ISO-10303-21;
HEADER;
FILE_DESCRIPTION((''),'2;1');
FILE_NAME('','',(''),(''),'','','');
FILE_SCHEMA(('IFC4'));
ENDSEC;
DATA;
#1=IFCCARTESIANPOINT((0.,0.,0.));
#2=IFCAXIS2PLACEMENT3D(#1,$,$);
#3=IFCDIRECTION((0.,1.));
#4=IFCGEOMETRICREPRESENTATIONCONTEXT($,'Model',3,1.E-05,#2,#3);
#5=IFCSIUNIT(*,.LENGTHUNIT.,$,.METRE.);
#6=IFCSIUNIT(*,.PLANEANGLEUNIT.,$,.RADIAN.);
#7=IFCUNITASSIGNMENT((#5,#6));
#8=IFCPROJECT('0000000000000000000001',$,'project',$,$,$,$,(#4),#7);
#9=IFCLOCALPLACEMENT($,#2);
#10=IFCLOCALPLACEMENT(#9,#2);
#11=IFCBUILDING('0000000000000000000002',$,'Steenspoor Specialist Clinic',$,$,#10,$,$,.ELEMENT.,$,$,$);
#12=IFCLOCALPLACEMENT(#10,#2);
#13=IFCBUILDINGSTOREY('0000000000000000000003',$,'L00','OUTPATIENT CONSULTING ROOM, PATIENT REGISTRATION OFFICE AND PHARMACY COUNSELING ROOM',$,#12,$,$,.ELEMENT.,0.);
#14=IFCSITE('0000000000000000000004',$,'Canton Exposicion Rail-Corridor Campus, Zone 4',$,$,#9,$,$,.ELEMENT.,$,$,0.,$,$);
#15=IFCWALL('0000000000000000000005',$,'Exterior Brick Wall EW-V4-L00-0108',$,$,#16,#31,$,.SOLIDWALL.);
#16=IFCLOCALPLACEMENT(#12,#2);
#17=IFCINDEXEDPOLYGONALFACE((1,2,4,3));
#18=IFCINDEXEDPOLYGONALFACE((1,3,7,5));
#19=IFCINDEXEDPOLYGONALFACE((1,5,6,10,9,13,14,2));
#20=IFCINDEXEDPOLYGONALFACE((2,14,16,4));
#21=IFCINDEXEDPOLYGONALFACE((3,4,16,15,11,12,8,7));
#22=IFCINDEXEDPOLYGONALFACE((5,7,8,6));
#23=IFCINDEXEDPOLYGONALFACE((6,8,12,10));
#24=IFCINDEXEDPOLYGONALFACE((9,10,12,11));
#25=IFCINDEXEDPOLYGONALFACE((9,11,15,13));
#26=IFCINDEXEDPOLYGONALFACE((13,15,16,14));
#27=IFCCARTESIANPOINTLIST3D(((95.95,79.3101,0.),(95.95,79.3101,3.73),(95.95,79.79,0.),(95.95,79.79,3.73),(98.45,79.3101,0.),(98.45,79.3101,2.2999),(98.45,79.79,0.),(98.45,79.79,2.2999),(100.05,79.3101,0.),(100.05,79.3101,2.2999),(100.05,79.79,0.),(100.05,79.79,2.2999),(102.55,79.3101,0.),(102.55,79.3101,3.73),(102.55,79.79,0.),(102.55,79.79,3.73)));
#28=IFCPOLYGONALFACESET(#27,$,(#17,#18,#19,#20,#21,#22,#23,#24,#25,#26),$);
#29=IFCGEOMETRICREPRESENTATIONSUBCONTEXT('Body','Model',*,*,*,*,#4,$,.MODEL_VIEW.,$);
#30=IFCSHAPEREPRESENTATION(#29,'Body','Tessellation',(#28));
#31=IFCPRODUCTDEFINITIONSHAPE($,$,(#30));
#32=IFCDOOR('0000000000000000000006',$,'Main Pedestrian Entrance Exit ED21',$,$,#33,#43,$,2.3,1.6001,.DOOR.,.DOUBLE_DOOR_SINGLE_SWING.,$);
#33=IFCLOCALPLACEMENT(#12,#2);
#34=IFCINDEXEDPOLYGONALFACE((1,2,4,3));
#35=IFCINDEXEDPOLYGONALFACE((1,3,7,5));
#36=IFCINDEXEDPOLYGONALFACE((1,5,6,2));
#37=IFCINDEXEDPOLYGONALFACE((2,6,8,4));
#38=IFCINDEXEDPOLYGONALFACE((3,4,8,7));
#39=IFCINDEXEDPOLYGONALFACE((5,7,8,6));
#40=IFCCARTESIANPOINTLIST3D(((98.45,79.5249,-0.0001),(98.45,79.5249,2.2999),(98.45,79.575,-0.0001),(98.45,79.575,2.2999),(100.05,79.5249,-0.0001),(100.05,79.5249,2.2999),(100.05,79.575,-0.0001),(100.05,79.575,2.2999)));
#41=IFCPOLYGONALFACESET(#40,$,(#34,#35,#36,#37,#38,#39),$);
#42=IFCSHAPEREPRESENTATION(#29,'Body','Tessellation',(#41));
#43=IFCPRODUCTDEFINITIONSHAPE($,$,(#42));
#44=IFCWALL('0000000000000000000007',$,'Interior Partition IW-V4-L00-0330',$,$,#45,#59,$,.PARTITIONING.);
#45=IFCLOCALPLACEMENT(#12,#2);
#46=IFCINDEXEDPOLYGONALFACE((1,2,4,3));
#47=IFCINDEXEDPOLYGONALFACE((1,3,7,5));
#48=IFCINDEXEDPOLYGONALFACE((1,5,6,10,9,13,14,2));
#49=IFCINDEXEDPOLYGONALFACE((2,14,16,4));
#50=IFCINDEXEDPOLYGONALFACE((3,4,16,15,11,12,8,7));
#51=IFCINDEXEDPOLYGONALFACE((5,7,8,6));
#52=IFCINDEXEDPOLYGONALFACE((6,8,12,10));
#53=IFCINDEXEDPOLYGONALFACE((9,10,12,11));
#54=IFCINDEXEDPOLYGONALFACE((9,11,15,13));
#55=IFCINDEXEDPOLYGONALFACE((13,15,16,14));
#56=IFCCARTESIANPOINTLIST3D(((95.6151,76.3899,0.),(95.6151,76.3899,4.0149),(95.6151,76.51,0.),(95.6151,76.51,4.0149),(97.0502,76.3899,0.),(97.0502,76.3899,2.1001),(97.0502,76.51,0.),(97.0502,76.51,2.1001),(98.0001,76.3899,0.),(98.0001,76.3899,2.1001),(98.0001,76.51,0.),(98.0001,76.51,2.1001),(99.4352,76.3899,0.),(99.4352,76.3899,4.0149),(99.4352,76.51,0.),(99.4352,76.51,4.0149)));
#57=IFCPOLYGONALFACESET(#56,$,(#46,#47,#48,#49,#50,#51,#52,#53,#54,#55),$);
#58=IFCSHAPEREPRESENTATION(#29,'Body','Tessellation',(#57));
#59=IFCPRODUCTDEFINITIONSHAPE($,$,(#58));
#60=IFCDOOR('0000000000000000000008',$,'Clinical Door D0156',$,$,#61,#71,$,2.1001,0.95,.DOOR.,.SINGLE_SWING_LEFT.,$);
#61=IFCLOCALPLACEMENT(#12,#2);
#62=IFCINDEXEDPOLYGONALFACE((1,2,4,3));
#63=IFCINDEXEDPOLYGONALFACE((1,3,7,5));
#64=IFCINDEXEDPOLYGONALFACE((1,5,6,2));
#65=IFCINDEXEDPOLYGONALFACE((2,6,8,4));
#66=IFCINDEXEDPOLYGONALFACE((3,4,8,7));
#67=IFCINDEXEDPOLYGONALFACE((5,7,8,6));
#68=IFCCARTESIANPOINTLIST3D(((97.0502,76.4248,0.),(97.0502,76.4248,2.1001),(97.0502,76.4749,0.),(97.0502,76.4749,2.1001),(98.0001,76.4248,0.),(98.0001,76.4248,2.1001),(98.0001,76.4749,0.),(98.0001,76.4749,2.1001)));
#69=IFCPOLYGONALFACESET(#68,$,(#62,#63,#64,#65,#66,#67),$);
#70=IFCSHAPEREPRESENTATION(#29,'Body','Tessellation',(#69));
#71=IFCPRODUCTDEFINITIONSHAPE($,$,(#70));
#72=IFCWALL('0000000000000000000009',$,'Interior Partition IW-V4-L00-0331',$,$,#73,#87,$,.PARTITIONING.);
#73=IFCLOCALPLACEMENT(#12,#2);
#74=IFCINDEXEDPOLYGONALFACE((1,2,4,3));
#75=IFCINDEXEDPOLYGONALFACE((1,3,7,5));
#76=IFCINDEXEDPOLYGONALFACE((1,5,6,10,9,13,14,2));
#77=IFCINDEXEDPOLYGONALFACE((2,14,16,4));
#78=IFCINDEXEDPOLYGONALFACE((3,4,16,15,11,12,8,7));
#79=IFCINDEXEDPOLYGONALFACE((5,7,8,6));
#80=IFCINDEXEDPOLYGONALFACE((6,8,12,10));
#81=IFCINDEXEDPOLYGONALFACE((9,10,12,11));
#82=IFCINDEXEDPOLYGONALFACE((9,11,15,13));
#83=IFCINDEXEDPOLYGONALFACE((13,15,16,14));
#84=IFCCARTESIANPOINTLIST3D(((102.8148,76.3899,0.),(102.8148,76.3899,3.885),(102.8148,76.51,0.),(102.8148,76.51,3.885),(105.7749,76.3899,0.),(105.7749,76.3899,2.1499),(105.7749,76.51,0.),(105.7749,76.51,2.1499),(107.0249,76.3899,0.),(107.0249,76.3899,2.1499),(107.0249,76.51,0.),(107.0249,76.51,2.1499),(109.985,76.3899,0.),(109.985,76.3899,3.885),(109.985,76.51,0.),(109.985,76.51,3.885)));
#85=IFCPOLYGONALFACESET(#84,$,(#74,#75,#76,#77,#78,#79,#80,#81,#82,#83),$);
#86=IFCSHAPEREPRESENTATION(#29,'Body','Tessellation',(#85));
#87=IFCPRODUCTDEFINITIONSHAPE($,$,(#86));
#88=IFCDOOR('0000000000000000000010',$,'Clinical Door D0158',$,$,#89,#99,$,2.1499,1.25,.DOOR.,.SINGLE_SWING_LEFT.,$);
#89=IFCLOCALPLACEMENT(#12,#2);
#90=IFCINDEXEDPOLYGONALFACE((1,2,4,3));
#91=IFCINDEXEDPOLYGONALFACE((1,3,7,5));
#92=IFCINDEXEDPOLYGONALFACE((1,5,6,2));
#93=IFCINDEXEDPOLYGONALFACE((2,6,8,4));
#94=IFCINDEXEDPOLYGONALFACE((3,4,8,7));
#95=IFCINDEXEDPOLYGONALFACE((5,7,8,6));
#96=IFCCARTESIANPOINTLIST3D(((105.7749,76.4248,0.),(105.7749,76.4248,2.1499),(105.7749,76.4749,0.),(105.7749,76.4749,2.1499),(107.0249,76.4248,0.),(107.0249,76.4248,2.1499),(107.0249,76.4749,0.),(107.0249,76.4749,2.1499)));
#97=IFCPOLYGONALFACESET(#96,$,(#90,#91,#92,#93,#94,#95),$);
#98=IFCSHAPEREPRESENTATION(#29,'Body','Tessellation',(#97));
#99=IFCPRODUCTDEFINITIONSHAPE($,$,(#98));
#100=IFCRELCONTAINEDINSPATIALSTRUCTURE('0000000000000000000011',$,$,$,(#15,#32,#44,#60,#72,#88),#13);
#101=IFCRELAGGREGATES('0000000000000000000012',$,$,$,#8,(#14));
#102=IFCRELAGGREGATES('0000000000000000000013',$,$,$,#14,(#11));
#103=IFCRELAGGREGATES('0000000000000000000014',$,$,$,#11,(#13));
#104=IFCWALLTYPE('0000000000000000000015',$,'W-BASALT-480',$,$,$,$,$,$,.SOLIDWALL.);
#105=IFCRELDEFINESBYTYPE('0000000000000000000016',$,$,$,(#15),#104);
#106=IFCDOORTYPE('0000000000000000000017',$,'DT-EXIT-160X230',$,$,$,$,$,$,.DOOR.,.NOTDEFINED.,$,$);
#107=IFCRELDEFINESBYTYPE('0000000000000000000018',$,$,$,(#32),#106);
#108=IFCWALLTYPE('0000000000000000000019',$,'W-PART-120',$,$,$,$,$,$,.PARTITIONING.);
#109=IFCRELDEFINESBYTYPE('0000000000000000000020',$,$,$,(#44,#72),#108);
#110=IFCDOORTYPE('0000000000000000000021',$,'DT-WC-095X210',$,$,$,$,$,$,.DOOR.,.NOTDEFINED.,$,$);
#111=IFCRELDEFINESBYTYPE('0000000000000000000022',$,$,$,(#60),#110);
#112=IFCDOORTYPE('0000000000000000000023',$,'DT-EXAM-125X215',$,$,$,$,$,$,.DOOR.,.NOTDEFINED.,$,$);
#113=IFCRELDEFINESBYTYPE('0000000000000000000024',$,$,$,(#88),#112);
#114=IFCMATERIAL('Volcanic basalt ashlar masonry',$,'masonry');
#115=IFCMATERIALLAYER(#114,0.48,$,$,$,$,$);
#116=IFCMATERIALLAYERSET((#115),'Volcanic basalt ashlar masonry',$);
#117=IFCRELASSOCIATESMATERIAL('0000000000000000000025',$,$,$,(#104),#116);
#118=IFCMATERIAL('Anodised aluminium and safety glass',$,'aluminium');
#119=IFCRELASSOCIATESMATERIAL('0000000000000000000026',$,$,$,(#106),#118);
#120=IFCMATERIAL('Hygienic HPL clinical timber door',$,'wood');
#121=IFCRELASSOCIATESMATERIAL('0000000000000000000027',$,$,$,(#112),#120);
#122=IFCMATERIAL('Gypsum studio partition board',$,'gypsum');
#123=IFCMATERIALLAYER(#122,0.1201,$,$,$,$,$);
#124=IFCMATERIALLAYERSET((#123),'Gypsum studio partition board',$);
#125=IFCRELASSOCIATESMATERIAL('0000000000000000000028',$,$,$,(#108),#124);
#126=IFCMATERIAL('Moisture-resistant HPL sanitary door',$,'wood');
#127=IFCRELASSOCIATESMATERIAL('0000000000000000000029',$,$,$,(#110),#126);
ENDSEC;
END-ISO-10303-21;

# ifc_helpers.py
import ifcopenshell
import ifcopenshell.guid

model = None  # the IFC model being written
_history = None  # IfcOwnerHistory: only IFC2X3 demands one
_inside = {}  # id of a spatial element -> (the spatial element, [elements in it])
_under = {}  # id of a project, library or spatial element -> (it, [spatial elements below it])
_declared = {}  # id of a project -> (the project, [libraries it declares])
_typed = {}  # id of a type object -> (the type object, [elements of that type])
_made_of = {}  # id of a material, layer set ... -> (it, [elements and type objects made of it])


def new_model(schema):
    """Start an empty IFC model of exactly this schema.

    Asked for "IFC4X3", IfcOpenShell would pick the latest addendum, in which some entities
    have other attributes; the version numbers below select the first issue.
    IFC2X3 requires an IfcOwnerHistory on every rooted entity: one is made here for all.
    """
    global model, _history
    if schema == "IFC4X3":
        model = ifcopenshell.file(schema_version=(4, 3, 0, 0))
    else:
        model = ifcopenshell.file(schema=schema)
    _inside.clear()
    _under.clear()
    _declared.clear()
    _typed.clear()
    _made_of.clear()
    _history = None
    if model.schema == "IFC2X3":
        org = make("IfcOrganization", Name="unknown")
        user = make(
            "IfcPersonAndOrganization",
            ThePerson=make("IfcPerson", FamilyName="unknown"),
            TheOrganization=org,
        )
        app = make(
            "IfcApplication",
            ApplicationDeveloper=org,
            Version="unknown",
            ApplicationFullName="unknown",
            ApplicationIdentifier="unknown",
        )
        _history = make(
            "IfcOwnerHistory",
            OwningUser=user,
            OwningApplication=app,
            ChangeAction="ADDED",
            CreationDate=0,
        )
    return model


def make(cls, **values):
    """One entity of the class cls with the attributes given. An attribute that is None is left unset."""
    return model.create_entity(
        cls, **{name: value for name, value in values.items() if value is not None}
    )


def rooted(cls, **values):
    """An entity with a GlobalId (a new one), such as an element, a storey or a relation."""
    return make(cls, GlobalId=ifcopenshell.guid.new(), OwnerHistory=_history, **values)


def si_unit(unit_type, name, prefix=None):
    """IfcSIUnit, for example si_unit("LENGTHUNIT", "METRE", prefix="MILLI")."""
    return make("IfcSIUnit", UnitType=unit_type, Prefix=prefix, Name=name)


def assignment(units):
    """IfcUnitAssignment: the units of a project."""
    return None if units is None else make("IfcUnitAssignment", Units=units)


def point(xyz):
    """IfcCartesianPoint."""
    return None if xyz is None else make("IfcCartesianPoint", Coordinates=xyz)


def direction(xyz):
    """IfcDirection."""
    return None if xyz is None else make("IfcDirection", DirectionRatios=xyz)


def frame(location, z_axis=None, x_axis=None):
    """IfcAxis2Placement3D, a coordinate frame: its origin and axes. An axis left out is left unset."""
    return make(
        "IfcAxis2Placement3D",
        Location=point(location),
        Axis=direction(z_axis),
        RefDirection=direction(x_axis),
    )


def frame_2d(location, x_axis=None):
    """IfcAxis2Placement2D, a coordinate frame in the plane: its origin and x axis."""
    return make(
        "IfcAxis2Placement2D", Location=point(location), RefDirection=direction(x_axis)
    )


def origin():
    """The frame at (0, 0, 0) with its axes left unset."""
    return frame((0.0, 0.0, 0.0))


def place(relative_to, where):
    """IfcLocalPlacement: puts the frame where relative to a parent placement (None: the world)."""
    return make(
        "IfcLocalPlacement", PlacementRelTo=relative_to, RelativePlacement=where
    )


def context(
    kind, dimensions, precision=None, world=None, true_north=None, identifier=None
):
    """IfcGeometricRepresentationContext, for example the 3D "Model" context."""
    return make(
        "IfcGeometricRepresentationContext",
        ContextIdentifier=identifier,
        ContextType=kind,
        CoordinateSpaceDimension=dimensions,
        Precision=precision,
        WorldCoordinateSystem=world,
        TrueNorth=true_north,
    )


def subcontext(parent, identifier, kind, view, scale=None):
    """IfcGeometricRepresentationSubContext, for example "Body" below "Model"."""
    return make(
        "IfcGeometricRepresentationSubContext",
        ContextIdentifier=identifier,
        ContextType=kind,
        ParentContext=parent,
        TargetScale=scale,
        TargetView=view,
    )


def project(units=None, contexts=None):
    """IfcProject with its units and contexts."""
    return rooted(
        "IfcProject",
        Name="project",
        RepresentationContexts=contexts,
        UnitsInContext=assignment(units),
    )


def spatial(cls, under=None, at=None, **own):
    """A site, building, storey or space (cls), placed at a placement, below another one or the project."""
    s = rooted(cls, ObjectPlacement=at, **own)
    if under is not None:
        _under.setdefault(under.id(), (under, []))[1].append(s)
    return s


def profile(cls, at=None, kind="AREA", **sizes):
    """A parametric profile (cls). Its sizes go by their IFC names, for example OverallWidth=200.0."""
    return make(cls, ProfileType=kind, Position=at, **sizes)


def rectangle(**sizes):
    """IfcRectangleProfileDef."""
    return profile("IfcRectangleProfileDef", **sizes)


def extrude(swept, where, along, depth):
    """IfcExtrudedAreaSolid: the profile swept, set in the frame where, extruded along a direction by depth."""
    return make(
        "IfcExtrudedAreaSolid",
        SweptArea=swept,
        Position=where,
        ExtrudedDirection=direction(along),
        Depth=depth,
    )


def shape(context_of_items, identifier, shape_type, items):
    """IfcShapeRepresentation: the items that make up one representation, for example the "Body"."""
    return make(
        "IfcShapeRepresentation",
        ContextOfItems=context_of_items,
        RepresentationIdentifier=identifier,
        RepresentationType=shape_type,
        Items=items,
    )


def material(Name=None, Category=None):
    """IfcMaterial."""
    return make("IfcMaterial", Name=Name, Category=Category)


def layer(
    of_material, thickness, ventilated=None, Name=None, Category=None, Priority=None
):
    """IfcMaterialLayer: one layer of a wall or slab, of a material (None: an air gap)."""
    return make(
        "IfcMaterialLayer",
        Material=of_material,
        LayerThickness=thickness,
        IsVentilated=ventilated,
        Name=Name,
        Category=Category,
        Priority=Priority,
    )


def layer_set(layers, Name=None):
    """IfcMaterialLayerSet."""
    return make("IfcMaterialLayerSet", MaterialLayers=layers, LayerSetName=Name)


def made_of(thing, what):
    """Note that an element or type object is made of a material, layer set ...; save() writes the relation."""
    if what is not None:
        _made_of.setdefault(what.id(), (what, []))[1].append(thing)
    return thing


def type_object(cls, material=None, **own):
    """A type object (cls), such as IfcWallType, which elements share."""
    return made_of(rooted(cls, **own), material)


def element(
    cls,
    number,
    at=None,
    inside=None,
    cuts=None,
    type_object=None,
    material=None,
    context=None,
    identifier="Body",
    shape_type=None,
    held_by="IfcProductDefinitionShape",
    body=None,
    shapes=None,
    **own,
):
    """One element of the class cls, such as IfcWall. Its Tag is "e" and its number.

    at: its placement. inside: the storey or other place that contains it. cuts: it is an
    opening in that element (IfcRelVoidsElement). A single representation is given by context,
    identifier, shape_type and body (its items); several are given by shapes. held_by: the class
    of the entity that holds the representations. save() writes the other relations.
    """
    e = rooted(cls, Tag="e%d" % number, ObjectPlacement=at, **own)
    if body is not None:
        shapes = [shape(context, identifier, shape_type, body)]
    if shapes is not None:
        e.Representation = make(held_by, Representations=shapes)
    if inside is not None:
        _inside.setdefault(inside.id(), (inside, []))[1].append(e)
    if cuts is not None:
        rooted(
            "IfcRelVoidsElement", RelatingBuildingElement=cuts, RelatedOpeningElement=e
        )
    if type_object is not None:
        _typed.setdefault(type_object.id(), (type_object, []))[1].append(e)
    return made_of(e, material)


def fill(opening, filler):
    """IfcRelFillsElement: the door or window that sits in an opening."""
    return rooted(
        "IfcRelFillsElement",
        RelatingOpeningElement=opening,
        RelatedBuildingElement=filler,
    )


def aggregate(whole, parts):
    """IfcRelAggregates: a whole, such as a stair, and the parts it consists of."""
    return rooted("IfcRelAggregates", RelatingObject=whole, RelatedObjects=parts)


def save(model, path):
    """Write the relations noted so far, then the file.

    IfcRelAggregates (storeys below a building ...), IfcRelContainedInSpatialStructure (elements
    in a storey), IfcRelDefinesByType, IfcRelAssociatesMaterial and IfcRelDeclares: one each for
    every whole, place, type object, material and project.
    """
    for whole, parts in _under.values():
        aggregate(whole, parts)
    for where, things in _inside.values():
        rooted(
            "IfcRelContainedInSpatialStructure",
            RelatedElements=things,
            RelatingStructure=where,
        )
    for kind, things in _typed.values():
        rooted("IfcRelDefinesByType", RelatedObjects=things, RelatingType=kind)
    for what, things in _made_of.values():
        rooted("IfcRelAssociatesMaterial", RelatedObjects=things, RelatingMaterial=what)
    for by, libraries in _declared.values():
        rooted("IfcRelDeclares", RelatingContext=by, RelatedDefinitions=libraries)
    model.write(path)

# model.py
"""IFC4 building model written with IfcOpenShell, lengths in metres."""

from ifc_helpers import new_model, si_unit, direction, frame, frame_2d, origin, place, context, subcontext, project, spatial, rectangle, extrude, material, layer, layer_set, type_object, element, fill, save


model = new_model("IFC4")

# Units and contexts
model_context = context("Model", 3, precision=1e-05, world=origin(), true_north=direction((0.0, 1.0)))
body_context = subcontext(model_context, "Body", "Model", "MODEL_VIEW")
ifc_project = project(units=[si_unit("LENGTHUNIT", "METRE"), si_unit("PLANEANGLEUNIT", "RADIAN")], contexts=[model_context])

# Site, building, storey
site_placement = place(None, origin())
site = spatial("IfcSite", under=ifc_project, at=site_placement, Name="Canton Exposicion Rail-Corridor Campus, Zone 4", CompositionType="ELEMENT", RefElevation=0.0)
building_placement = place(site_placement, origin())
building = spatial("IfcBuilding", under=site, at=building_placement, Name="Steenspoor Specialist Clinic", CompositionType="ELEMENT")
storey_placement = place(building_placement, origin())
storey = spatial("IfcBuildingStorey", under=building, at=storey_placement, Name="L00", Description="OUTPATIENT CONSULTING ROOM, PATIENT REGISTRATION OFFICE AND PHARMACY COUNSELING ROOM", CompositionType="ELEMENT", Elevation=0.0)

# Walls, openings, doors
ifc_material_1 = material(Name="Volcanic basalt ashlar masonry", Category="masonry")
ifc_layer_1 = layer(ifc_material_1, 0.48)
ifc_layer_set_1 = layer_set([ifc_layer_1], Name="Volcanic basalt ashlar masonry")
wall_type_1 = type_object("IfcWallType", Name="W-BASALT-480", PredefinedType="SOLIDWALL", material=ifc_layer_set_1)
wall_1_placement = place(storey_placement, frame((95.95, 79.55, 0.0), z_axis=(0.0, 0.0, 1.0), x_axis=(1.0, 0.0, 0.0)))
wall_1 = element("IfcWall", 1, at=wall_1_placement, inside=storey, type_object=wall_type_1, Name="Exterior Brick Wall EW-V4-L00-0108", PredefinedType="SOLIDWALL", context=body_context, shape_type="SweptSolid", body=[
    extrude(rectangle(XDim=6.6001, YDim=0.48, at=frame_2d((3.3, 0.0))), origin(), (0.0, 0.0, 1.0), 3.73),
])
opening_1_placement = place(wall_1_placement, frame((2.5, 0.0, 0.0)))
opening_1 = element("IfcOpeningElement", 2, at=opening_1_placement, cuts=wall_1, PredefinedType="OPENING", context=body_context, shape_type="SweptSolid", body=[
    extrude(rectangle(XDim=1.6001, YDim=2.3, at=frame_2d((0.8, 1.1499))), frame((0.0, 0.25, 0.0), z_axis=(0.0, -1.0, 0.0), x_axis=(1.0, 0.0, 0.0)), (0.0, 0.0, 1.0), 0.5),
])
ifc_material_2 = material(Name="Anodised aluminium and safety glass", Category="aluminium")
door_type_1 = type_object("IfcDoorType", Name="DT-EXIT-160X230", OperationType="NOTDEFINED", PredefinedType="DOOR", material=ifc_material_2)
door_1_placement = place(opening_1_placement, origin())
door_1 = element("IfcDoor", 3, at=door_1_placement, inside=storey, type_object=door_type_1, Name="Main Pedestrian Entrance Exit ED21", OperationType="DOUBLE_DOOR_SINGLE_SWING", OverallHeight=2.3, OverallWidth=1.6001, PredefinedType="DOOR", context=body_context, shape_type="SweptSolid", body=[
    extrude(rectangle(XDim=1.6001, YDim=2.3, at=frame_2d((0.8, 1.1499))), frame((0.0, 0.0249, 0.0), z_axis=(0.0, -1.0, 0.0), x_axis=(1.0, 0.0, 0.0)), (0.0, 0.0, 1.0), 0.05),
])
fill(opening_1, door_1)
ifc_material_3 = material(Name="Hygienic HPL clinical timber door", Category="wood")
door_type_2 = type_object("IfcDoorType", Name="DT-EXAM-125X215", OperationType="NOTDEFINED", PredefinedType="DOOR", material=ifc_material_3)
ifc_material_4 = material(Name="Gypsum studio partition board", Category="gypsum")
ifc_layer_2 = layer(ifc_material_4, 0.1201)
ifc_layer_set_2 = layer_set([ifc_layer_2], Name="Gypsum studio partition board")
wall_type_2 = type_object("IfcWallType", Name="W-PART-120", PredefinedType="PARTITIONING", material=ifc_layer_set_2)
wall_2_placement = place(storey_placement, frame((95.615, 76.45, 0.0), z_axis=(0.0, 0.0, 1.0), x_axis=(1.0, 0.0, 0.0)))
wall_2 = element("IfcWall", 4, at=wall_2_placement, inside=storey, type_object=wall_type_2, Name="Interior Partition IW-V4-L00-0330", PredefinedType="PARTITIONING", context=body_context, shape_type="SweptSolid", body=[
    extrude(rectangle(XDim=3.8201, YDim=0.1201, at=frame_2d((1.9102, 0.0))), origin(), (0.0, 0.0, 1.0), 4.0149),
])
opening_2_placement = place(wall_2_placement, frame((1.4351, 0.0, 0.0)))
opening_2 = element("IfcOpeningElement", 5, at=opening_2_placement, cuts=wall_2, PredefinedType="OPENING", context=body_context, shape_type="SweptSolid", body=[
    extrude(rectangle(XDim=0.95, YDim=2.1001, at=frame_2d((0.4751, 1.05))), frame((0.0, 0.0701, 0.0), z_axis=(0.0, -1.0, 0.0), x_axis=(1.0, 0.0, 0.0)), (0.0, 0.0, 1.0), 0.1401),
])
ifc_material_5 = material(Name="Moisture-resistant HPL sanitary door", Category="wood")
door_type_3 = type_object("IfcDoorType", Name="DT-WC-095X210", OperationType="NOTDEFINED", PredefinedType="DOOR", material=ifc_material_5)
door_2_placement = place(opening_2_placement, origin())
door_2 = element("IfcDoor", 6, at=door_2_placement, inside=storey, type_object=door_type_3, Name="Clinical Door D0156", OperationType="SINGLE_SWING_LEFT", OverallHeight=2.1001, OverallWidth=0.95, PredefinedType="DOOR", context=body_context, shape_type="SweptSolid", body=[
    extrude(rectangle(XDim=0.95, YDim=2.1001, at=frame_2d((0.4751, 1.05))), frame((0.0, 0.0249, 0.0), z_axis=(0.0, -1.0, 0.0), x_axis=(1.0, 0.0, 0.0)), (0.0, 0.0, 1.0), 0.05),
])
fill(opening_2, door_2)
wall_3_placement = place(storey_placement, frame((102.8149, 76.45, 0.0), z_axis=(0.0, 0.0, 1.0), x_axis=(1.0, 0.0, 0.0)))
wall_3 = element("IfcWall", 7, at=wall_3_placement, inside=storey, type_object=wall_type_2, Name="Interior Partition IW-V4-L00-0331", PredefinedType="PARTITIONING", context=body_context, shape_type="SweptSolid", body=[
    extrude(rectangle(XDim=7.1702, YDim=0.1201, at=frame_2d((3.585, 0.0))), origin(), (0.0, 0.0, 1.0), 3.885),
])
opening_3_placement = place(wall_3_placement, frame((2.96, 0.0, 0.0)))
opening_3 = element("IfcOpeningElement", 8, at=opening_3_placement, cuts=wall_3, PredefinedType="OPENING", context=body_context, shape_type="SweptSolid", body=[
    extrude(rectangle(XDim=1.25, YDim=2.1499, at=frame_2d((0.625, 1.075))), frame((0.0, 0.0701, 0.0), z_axis=(0.0, -1.0, 0.0), x_axis=(1.0, 0.0, 0.0)), (0.0, 0.0, 1.0), 0.1401),
])
door_3_placement = place(opening_3_placement, origin())
door_3 = element("IfcDoor", 9, at=door_3_placement, inside=storey, type_object=door_type_2, Name="Clinical Door D0158", OperationType="SINGLE_SWING_LEFT", OverallHeight=2.1499, OverallWidth=1.25, PredefinedType="DOOR", context=body_context, shape_type="SweptSolid", body=[
    extrude(rectangle(XDim=1.25, YDim=2.1499, at=frame_2d((0.625, 1.075))), frame((0.0, 0.0249, 0.0), z_axis=(0.0, -1.0, 0.0), x_axis=(1.0, 0.0, 0.0)), (0.0, 0.0, 1.0), 0.05),
])
fill(opening_3, door_3)

save(model, "model.ifc")
